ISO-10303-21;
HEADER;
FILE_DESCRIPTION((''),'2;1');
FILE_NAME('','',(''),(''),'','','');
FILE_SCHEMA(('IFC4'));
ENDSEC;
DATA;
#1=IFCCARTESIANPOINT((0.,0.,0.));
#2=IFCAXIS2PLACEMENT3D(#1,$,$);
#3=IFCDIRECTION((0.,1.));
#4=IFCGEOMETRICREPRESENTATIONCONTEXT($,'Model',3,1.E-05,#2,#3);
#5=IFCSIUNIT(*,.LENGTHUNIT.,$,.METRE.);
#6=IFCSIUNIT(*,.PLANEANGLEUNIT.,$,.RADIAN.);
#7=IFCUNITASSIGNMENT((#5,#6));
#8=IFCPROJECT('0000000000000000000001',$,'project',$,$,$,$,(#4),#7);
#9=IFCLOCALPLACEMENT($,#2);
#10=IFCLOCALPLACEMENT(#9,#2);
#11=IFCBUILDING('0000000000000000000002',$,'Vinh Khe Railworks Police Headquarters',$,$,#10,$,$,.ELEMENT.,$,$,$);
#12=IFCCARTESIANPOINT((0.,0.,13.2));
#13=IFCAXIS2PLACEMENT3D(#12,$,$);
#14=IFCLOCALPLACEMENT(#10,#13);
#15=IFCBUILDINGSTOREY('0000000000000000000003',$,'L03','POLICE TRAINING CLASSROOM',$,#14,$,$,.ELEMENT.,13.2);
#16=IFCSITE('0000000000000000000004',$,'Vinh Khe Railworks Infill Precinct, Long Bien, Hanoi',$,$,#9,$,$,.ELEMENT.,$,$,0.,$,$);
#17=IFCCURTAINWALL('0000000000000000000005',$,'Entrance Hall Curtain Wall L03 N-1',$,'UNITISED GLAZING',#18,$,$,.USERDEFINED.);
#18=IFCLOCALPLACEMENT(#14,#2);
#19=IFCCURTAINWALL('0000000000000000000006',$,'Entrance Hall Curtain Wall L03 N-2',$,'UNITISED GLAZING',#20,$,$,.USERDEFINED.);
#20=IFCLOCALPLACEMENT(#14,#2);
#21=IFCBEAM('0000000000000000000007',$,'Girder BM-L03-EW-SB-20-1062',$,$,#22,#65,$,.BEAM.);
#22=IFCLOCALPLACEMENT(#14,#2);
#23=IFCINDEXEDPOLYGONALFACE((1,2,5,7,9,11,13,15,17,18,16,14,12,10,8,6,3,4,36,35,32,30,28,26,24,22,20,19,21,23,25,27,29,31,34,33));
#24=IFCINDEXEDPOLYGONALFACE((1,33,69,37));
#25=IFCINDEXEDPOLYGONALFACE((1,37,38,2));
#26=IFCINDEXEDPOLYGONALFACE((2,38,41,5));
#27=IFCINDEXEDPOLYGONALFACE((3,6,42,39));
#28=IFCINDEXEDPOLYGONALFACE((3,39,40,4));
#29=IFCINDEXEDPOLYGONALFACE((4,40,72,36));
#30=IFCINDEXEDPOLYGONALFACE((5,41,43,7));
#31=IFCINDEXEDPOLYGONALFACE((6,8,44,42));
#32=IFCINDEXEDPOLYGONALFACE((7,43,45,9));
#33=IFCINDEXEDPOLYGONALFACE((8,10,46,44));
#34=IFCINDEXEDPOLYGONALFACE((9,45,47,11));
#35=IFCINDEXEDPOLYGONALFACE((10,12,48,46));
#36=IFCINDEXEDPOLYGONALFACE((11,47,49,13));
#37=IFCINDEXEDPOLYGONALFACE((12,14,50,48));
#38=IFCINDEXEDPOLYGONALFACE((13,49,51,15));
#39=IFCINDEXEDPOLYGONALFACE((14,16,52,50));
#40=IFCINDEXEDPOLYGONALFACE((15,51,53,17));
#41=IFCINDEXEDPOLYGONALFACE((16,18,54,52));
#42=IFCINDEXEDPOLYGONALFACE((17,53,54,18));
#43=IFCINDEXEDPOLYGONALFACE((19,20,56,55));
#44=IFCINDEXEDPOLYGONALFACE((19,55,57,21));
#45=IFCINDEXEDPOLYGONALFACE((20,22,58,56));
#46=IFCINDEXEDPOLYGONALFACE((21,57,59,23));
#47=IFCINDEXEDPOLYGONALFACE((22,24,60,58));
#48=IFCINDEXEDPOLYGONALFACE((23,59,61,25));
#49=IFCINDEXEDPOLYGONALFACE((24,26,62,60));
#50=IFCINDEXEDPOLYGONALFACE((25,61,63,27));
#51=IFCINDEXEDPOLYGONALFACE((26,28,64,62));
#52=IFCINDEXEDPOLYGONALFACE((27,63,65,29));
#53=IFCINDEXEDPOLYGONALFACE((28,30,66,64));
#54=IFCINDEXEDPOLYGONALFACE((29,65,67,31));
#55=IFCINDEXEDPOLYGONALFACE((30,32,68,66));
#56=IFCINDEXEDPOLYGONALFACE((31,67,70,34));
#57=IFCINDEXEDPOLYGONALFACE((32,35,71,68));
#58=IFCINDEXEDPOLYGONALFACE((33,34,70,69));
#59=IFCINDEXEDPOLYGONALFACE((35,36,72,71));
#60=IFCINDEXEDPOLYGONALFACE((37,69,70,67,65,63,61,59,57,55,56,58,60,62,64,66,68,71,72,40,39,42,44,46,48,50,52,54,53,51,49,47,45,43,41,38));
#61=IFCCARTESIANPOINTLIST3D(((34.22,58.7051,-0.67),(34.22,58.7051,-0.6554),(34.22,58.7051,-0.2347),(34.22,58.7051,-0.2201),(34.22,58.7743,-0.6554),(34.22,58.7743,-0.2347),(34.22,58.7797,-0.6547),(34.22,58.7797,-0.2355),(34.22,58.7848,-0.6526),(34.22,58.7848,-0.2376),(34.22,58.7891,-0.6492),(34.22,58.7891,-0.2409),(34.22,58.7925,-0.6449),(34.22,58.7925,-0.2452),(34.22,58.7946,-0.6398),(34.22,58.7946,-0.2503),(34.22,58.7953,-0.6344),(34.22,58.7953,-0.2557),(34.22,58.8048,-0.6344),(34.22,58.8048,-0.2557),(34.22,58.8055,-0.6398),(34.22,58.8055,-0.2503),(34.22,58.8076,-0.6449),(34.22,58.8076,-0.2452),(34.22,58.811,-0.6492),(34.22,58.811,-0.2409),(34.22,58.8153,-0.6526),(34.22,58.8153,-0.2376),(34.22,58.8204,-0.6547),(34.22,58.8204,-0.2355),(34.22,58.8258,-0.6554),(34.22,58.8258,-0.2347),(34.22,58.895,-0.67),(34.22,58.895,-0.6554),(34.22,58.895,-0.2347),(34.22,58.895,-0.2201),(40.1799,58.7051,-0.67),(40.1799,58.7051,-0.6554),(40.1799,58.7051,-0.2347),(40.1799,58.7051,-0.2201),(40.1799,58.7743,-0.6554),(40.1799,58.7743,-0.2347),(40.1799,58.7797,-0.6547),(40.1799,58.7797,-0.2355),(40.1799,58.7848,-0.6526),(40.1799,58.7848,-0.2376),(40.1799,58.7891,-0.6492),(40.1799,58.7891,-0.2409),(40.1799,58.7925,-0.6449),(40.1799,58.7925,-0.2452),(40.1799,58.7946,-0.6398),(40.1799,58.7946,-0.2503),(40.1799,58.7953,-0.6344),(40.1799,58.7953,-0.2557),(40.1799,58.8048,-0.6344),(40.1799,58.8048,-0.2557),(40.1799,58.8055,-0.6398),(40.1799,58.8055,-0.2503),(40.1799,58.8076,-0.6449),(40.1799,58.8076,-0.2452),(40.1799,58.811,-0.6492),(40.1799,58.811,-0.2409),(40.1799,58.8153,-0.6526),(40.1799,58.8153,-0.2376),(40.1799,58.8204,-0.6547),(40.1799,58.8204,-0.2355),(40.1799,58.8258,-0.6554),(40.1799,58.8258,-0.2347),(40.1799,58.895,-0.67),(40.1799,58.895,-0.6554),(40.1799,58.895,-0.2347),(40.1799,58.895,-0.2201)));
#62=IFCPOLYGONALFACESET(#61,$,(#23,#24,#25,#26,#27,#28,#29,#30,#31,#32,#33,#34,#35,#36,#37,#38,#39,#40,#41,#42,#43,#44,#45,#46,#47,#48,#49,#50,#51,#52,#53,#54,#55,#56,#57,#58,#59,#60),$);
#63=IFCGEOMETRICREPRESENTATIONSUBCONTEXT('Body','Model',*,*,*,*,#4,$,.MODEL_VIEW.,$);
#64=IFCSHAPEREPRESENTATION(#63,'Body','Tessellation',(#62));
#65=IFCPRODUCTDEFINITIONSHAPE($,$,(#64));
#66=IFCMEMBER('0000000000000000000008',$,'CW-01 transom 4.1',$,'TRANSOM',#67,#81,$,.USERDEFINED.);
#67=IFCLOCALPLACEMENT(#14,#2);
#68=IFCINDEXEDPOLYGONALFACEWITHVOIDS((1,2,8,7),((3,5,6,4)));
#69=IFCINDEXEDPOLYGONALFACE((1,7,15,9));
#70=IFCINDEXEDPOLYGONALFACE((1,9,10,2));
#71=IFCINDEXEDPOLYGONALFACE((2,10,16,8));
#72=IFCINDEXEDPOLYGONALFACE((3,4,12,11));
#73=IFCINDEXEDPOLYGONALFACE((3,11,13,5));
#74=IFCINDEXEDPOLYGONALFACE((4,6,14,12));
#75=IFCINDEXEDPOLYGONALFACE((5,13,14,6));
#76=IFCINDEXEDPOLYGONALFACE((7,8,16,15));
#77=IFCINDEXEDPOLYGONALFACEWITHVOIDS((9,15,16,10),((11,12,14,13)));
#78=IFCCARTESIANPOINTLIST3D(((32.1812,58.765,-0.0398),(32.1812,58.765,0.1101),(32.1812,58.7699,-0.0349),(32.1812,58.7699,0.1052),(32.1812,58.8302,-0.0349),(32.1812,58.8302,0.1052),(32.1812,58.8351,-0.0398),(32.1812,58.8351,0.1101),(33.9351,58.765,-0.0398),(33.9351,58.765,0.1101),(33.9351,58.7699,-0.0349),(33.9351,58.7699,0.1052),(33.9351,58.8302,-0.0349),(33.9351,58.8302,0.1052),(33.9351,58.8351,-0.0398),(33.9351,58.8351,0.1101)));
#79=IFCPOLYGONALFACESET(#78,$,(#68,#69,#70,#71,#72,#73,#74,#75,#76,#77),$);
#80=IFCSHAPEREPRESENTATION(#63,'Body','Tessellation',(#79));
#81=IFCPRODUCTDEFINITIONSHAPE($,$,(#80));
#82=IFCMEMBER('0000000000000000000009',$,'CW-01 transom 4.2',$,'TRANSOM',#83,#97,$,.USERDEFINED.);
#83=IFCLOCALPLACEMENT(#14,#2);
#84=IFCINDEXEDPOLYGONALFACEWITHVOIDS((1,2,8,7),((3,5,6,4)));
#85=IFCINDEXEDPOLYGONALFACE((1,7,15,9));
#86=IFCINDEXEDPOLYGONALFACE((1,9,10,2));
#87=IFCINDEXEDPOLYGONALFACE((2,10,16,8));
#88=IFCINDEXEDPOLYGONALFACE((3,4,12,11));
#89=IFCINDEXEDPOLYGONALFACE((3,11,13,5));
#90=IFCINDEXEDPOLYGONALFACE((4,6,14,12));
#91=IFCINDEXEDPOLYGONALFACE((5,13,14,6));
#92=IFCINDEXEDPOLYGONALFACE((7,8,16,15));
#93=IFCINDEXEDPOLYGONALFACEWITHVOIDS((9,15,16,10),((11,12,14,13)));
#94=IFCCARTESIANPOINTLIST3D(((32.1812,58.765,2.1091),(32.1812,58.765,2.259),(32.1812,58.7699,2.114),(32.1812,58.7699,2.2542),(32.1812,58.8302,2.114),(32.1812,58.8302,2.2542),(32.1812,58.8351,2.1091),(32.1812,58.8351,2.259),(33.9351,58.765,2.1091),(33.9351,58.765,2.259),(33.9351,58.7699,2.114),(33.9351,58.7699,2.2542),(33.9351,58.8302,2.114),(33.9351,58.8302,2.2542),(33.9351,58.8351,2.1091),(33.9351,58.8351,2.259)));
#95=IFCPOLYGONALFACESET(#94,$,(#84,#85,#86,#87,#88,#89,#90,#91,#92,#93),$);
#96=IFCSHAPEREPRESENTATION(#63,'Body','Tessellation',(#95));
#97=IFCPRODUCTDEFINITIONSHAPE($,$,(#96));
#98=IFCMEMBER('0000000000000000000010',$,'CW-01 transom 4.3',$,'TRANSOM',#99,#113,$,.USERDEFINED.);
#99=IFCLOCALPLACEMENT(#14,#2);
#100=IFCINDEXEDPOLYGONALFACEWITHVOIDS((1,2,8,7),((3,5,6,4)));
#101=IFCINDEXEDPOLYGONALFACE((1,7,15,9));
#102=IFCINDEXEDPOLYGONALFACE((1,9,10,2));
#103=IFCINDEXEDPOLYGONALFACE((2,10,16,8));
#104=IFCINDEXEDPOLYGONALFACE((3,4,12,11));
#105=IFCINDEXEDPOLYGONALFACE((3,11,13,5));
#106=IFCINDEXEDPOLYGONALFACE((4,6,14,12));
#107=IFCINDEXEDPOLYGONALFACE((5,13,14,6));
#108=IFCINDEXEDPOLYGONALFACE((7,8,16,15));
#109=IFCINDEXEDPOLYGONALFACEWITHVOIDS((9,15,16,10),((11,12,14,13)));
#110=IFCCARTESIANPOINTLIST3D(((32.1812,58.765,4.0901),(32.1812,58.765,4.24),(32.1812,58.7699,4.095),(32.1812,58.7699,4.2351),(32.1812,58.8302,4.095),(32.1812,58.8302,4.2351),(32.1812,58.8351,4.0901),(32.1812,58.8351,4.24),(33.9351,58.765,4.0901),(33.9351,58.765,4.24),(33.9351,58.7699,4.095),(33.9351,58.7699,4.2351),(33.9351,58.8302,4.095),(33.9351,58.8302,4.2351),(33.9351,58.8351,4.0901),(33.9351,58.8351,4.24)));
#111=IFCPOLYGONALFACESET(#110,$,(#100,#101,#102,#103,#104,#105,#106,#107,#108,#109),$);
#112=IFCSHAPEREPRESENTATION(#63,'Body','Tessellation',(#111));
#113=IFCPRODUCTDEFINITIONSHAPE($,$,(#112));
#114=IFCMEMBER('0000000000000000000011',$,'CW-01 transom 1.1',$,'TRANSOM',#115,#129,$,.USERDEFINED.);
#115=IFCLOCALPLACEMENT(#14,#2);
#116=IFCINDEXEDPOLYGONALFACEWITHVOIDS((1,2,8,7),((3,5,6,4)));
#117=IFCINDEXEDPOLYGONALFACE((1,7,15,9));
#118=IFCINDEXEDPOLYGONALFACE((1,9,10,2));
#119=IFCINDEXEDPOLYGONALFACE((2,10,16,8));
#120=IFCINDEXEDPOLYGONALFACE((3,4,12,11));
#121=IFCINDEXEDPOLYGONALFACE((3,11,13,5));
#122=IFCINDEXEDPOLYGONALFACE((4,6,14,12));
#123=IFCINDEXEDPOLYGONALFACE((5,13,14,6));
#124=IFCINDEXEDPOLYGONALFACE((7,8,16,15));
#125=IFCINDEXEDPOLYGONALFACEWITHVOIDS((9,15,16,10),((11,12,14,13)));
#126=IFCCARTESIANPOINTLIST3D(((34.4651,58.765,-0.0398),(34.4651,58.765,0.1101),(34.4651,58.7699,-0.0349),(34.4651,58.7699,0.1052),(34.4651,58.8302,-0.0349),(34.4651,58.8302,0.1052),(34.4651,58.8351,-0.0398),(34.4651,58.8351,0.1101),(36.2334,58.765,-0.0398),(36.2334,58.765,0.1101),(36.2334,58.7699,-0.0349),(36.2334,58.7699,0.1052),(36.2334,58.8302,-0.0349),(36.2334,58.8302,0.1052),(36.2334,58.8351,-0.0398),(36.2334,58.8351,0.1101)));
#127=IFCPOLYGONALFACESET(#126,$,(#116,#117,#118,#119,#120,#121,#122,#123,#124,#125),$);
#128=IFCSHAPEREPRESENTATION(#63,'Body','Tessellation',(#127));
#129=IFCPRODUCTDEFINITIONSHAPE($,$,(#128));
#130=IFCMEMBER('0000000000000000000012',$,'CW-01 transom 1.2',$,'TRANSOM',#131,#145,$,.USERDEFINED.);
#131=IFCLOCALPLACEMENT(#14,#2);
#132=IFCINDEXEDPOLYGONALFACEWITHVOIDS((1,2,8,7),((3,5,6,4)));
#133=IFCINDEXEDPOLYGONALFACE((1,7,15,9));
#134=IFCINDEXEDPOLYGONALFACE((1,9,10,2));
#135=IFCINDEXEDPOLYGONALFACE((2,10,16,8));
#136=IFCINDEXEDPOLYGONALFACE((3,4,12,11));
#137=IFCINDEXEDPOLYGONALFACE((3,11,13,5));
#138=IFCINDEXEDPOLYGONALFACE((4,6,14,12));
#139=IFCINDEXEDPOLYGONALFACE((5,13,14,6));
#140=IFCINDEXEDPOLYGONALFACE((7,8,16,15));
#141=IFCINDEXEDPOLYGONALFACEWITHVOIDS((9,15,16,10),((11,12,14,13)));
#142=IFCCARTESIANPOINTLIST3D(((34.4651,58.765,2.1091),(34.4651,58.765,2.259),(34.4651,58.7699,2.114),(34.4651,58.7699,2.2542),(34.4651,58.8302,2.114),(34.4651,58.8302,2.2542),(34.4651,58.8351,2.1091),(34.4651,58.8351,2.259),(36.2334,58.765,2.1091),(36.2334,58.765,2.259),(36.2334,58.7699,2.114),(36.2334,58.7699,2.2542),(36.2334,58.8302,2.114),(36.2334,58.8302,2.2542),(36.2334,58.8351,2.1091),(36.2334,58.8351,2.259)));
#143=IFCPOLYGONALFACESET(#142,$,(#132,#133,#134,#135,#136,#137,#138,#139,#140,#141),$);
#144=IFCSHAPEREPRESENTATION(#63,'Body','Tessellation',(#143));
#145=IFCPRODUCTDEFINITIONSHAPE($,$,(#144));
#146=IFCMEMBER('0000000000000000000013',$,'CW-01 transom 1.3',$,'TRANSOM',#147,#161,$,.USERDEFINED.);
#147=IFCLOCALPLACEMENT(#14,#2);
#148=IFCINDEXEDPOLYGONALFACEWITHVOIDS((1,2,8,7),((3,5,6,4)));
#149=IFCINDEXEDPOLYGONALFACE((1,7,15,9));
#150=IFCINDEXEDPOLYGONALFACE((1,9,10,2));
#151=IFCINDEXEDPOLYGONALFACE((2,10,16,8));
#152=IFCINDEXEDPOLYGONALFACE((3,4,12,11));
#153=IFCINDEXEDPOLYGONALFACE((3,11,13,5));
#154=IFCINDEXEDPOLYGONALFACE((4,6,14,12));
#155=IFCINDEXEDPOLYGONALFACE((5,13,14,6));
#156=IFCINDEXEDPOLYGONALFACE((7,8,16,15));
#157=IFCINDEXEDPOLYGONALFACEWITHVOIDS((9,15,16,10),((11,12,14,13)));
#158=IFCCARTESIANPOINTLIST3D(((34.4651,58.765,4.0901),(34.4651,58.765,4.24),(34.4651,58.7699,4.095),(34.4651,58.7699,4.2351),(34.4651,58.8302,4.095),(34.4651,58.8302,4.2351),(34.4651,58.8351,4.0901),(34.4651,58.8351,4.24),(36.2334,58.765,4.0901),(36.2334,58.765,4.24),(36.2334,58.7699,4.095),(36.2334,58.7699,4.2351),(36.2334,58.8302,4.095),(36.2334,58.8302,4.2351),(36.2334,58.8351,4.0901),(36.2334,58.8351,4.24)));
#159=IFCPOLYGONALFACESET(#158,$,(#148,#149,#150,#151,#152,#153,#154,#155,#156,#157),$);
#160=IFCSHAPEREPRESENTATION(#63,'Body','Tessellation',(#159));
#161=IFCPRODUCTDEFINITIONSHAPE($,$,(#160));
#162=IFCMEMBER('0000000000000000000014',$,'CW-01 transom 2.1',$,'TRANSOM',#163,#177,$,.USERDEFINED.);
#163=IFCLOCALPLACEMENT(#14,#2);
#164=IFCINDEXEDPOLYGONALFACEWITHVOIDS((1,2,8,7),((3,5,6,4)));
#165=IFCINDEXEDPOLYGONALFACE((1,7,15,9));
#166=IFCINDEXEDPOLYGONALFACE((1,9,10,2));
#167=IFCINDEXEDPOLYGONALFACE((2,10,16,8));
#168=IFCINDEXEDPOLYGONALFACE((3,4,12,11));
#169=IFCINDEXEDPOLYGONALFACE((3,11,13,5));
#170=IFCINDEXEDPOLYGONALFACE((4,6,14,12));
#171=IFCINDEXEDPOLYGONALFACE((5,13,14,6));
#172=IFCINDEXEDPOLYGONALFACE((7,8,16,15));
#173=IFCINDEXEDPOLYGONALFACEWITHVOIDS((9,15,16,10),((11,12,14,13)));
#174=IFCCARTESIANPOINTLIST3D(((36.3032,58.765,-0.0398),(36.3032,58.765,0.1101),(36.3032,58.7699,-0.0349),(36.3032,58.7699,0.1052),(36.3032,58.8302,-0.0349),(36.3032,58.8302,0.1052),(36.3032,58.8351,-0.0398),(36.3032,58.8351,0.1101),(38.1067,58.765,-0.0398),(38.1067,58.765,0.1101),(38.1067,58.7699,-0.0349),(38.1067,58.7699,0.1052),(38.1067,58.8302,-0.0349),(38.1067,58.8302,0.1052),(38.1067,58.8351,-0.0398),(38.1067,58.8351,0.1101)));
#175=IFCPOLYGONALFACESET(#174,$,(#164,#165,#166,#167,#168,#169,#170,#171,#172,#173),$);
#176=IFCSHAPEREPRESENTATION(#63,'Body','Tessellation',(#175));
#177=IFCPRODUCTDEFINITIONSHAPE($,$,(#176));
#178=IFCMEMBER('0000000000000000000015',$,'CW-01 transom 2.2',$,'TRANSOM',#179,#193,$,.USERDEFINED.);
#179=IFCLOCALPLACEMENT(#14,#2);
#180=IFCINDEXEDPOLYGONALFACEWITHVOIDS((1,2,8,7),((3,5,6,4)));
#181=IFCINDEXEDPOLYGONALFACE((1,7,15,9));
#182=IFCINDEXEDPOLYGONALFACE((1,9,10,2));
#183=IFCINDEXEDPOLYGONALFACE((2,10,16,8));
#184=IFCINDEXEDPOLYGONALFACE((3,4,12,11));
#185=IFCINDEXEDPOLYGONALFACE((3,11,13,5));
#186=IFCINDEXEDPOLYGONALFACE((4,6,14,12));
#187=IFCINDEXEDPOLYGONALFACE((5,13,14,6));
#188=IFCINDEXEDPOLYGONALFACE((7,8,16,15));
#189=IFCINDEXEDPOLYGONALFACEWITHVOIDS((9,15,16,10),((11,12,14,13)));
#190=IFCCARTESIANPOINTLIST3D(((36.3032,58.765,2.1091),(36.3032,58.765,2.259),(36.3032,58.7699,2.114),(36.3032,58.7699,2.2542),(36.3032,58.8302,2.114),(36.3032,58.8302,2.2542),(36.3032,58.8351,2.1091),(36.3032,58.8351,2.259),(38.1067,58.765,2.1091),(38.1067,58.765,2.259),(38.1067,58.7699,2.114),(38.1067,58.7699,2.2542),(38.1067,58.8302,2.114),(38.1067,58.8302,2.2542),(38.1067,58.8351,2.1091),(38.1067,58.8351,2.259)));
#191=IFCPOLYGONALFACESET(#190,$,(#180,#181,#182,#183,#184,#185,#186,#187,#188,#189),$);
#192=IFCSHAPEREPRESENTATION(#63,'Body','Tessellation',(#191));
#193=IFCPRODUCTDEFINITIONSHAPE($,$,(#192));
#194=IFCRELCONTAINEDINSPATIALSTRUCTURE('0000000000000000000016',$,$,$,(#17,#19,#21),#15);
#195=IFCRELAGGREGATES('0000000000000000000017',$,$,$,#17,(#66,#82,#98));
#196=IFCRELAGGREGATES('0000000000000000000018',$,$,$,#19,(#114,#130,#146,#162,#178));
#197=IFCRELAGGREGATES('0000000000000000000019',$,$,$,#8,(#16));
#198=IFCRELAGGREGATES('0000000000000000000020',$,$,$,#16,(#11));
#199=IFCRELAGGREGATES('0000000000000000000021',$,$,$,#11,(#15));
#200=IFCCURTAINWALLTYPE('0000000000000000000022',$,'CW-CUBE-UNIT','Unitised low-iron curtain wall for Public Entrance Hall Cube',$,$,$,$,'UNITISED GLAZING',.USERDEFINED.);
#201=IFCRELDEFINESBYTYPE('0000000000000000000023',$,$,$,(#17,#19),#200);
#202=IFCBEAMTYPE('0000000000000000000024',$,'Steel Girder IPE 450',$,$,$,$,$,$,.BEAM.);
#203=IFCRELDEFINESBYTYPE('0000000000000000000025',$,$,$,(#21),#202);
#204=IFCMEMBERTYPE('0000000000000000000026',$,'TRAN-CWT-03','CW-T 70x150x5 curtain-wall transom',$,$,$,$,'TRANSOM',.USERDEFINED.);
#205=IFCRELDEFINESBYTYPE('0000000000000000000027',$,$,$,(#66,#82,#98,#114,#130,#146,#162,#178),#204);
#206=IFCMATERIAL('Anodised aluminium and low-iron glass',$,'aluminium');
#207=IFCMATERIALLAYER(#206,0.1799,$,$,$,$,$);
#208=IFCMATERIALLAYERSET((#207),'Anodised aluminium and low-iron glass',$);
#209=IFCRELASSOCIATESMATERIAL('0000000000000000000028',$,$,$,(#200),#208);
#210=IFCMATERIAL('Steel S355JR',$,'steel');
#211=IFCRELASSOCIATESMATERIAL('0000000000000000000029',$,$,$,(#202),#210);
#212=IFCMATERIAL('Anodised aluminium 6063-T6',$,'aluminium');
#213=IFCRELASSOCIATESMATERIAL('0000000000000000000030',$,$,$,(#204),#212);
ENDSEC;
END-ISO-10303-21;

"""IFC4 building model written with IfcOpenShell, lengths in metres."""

from ifc_helpers import new_model, si_unit, direction, frame, origin, origin_2d, place, context, subcontext, project, spatial, hollow_rectangle, i_section, extrude, material, layer, layer_set, material_profile, profile_set, type_object, element, aggregate, save


model = new_model("IFC4")

# Units and contexts
model_context = context("Model", 3, precision=1e-05, world=origin(), true_north=direction((0.0, 1.0)))
body_context = subcontext(model_context, "Body", "Model", "MODEL_VIEW")
ifc_project = project(units=[si_unit("LENGTHUNIT", "METRE"), si_unit("PLANEANGLEUNIT", "RADIAN")], contexts=[model_context])

# Site, building, storey
site_placement = place(None, origin())
site = spatial("IfcSite", under=ifc_project, at=site_placement, Name="Vinh Khe Railworks Infill Precinct, Long Bien, Hanoi", CompositionType="ELEMENT", RefElevation=0.0)
building_placement = place(site_placement, origin())
building = spatial("IfcBuilding", under=site, at=building_placement, Name="Vinh Khe Railworks Police Headquarters", CompositionType="ELEMENT")
storey_placement = place(building_placement, frame((0.0, 0.0, 13.2)))
storey = spatial("IfcBuildingStorey", under=building, at=storey_placement, Name="L03", Description="POLICE TRAINING CLASSROOM", CompositionType="ELEMENT", Elevation=13.2)

# Shared definitions
ifc_material_1 = material(Name="Steel S355JR", Category="steel")

# Curtain wall
ifc_material_2 = material(Name="Anodised aluminium and low-iron glass", Category="aluminium")
ifc_layer_1 = layer(ifc_material_2, 0.1799)
ifc_layer_set_1 = layer_set([ifc_layer_1], Name="Anodised aluminium and low-iron glass")
curtain_wall_type = type_object("IfcCurtainWallType", Name="CW-CUBE-UNIT", Description="Unitised low-iron curtain wall for Public Entrance Hall Cube", ElementType="UNITISED GLAZING", PredefinedType="USERDEFINED", material=ifc_layer_set_1)
curtain_wall_1_placement = place(storey_placement, origin())
curtain_wall_1 = element("IfcCurtainWall", 1, at=curtain_wall_1_placement, inside=storey, type_object=curtain_wall_type, Name="Entrance Hall Curtain Wall L03 N-1", ObjectType="UNITISED GLAZING", PredefinedType="USERDEFINED")
ifc_material_3 = material(Name="Anodised aluminium 6063-T6", Category="aluminium")

# Curtain wall
curtain_wall_2_placement = place(storey_placement, origin())
curtain_wall_2 = element("IfcCurtainWall", 2, at=curtain_wall_2_placement, inside=storey, type_object=curtain_wall_type, Name="Entrance Hall Curtain Wall L03 N-2", ObjectType="UNITISED GLAZING", PredefinedType="USERDEFINED")

# Beam
ifc_material_profile_1 = material_profile(ifc_material_1, i_section(OverallWidth=0.1899, OverallDepth=0.45, WebThickness=0.0095, FlangeThickness=0.0146, FilletRadius=0.021, at=origin_2d()), Name="IPE 450")
ifc_profile_set_1 = profile_set([ifc_material_profile_1], Name="Steel S355JR")
beam_type = type_object("IfcBeamType", Name="Steel Girder IPE 450", PredefinedType="BEAM", material=ifc_profile_set_1)
beam_placement = place(storey_placement, frame((34.22, 58.8, -0.4451), z_axis=(1.0, 0.0, 0.0), x_axis=(0.0, 1.0, 0.0)))
element("IfcBeam", 3, at=beam_placement, inside=storey, type_object=beam_type, Name="Girder BM-L03-EW-SB-20-1062", PredefinedType="BEAM", context=body_context, shape_type="SweptSolid", body=[
    extrude(i_section(OverallWidth=0.1899, OverallDepth=0.45, WebThickness=0.0095, FlangeThickness=0.0146, FilletRadius=0.021, at=origin_2d()), origin(), (0.0, 0.0, 1.0), 5.96),
])

# Members
ifc_material_profile_2 = material_profile(ifc_material_3, hollow_rectangle(XDim=0.0701, YDim=0.1499, WallThickness=0.0049, at=origin_2d()), Name="CW-T 70x150x5")
ifc_profile_set_2 = profile_set([ifc_material_profile_2], Name="Anodised aluminium 6063-T6")
member_type_1 = type_object("IfcMemberType", Name="TRAN-CWT-03", Description="CW-T 70x150x5 curtain-wall transom", ElementType="TRANSOM", PredefinedType="USERDEFINED", material=ifc_profile_set_2)
member_1_placement = place(storey_placement, frame((32.1812, 58.8, 0.0352), z_axis=(1.0, 0.0, 0.0), x_axis=(0.0, 1.0, 0.0)))
member_1 = element("IfcMember", 4, at=member_1_placement, type_object=member_type_1, Name="CW-01 transom 4.1", ObjectType="TRANSOM", PredefinedType="USERDEFINED", context=body_context, shape_type="SweptSolid", body=[
    extrude(hollow_rectangle(XDim=0.0701, YDim=0.1499, WallThickness=0.0049, at=origin_2d()), origin(), (0.0, 0.0, 1.0), 1.7539),
])
member_2_placement = place(storey_placement, frame((32.1812, 58.8, 2.1841), z_axis=(1.0, 0.0, 0.0), x_axis=(0.0, 1.0, 0.0)))
member_2 = element("IfcMember", 5, at=member_2_placement, type_object=member_type_1, Name="CW-01 transom 4.2", ObjectType="TRANSOM", PredefinedType="USERDEFINED", context=body_context, shape_type="SweptSolid", body=[
    extrude(hollow_rectangle(XDim=0.0701, YDim=0.1499, WallThickness=0.0049, at=origin_2d()), origin(), (0.0, 0.0, 1.0), 1.7539),
])
member_3_placement = place(storey_placement, frame((32.1812, 58.8, 4.165), z_axis=(1.0, 0.0, 0.0), x_axis=(0.0, 1.0, 0.0)))
member_3 = element("IfcMember", 6, at=member_3_placement, type_object=member_type_1, Name="CW-01 transom 4.3", ObjectType="TRANSOM", PredefinedType="USERDEFINED", context=body_context, shape_type="SweptSolid", body=[
    extrude(hollow_rectangle(XDim=0.0701, YDim=0.1499, WallThickness=0.0049, at=origin_2d()), origin(), (0.0, 0.0, 1.0), 1.7539),
])
member_4_placement = place(storey_placement, frame((34.4651, 58.8, 0.0352), z_axis=(1.0, 0.0, 0.0), x_axis=(0.0, 1.0, 0.0)))
member_4 = element("IfcMember", 7, at=member_4_placement, type_object=member_type_1, Name="CW-01 transom 1.1", ObjectType="TRANSOM", PredefinedType="USERDEFINED", context=body_context, shape_type="SweptSolid", body=[
    extrude(hollow_rectangle(XDim=0.0701, YDim=0.1499, WallThickness=0.0049, at=origin_2d()), origin(), (0.0, 0.0, 1.0), 1.7683),
])
member_5_placement = place(storey_placement, frame((34.4651, 58.8, 2.1841), z_axis=(1.0, 0.0, 0.0), x_axis=(0.0, 1.0, 0.0)))
member_5 = element("IfcMember", 8, at=member_5_placement, type_object=member_type_1, Name="CW-01 transom 1.2", ObjectType="TRANSOM", PredefinedType="USERDEFINED", context=body_context, shape_type="SweptSolid", body=[
    extrude(hollow_rectangle(XDim=0.0701, YDim=0.1499, WallThickness=0.0049, at=origin_2d()), origin(), (0.0, 0.0, 1.0), 1.7683),
])
member_6_placement = place(storey_placement, frame((34.4651, 58.8, 4.165), z_axis=(1.0, 0.0, 0.0), x_axis=(0.0, 1.0, 0.0)))
member_6 = element("IfcMember", 9, at=member_6_placement, type_object=member_type_1, Name="CW-01 transom 1.3", ObjectType="TRANSOM", PredefinedType="USERDEFINED", context=body_context, shape_type="SweptSolid", body=[
    extrude(hollow_rectangle(XDim=0.0701, YDim=0.1499, WallThickness=0.0049, at=origin_2d()), origin(), (0.0, 0.0, 1.0), 1.7683),
])
member_7_placement = place(storey_placement, frame((36.3032, 58.8, 0.0352), z_axis=(1.0, 0.0, 0.0), x_axis=(0.0, 1.0, 0.0)))
member_7 = element("IfcMember", 10, at=member_7_placement, type_object=member_type_1, Name="CW-01 transom 2.1", ObjectType="TRANSOM", PredefinedType="USERDEFINED", context=body_context, shape_type="SweptSolid", body=[
    extrude(hollow_rectangle(XDim=0.0701, YDim=0.1499, WallThickness=0.0049, at=origin_2d()), origin(), (0.0, 0.0, 1.0), 1.8035),
])
member_8_placement = place(storey_placement, frame((36.3032, 58.8, 2.1841), z_axis=(1.0, 0.0, 0.0), x_axis=(0.0, 1.0, 0.0)))
member_8 = element("IfcMember", 11, at=member_8_placement, type_object=member_type_1, Name="CW-01 transom 2.2", ObjectType="TRANSOM", PredefinedType="USERDEFINED", context=body_context, shape_type="SweptSolid", body=[
    extrude(hollow_rectangle(XDim=0.0701, YDim=0.1499, WallThickness=0.0049, at=origin_2d()), origin(), (0.0, 0.0, 1.0), 1.8035),
])

aggregate(curtain_wall_1, [member_1, member_2, member_3])
aggregate(curtain_wall_2, [member_4, member_5, member_6, member_7, member_8])

save(model, "model.ifc")
